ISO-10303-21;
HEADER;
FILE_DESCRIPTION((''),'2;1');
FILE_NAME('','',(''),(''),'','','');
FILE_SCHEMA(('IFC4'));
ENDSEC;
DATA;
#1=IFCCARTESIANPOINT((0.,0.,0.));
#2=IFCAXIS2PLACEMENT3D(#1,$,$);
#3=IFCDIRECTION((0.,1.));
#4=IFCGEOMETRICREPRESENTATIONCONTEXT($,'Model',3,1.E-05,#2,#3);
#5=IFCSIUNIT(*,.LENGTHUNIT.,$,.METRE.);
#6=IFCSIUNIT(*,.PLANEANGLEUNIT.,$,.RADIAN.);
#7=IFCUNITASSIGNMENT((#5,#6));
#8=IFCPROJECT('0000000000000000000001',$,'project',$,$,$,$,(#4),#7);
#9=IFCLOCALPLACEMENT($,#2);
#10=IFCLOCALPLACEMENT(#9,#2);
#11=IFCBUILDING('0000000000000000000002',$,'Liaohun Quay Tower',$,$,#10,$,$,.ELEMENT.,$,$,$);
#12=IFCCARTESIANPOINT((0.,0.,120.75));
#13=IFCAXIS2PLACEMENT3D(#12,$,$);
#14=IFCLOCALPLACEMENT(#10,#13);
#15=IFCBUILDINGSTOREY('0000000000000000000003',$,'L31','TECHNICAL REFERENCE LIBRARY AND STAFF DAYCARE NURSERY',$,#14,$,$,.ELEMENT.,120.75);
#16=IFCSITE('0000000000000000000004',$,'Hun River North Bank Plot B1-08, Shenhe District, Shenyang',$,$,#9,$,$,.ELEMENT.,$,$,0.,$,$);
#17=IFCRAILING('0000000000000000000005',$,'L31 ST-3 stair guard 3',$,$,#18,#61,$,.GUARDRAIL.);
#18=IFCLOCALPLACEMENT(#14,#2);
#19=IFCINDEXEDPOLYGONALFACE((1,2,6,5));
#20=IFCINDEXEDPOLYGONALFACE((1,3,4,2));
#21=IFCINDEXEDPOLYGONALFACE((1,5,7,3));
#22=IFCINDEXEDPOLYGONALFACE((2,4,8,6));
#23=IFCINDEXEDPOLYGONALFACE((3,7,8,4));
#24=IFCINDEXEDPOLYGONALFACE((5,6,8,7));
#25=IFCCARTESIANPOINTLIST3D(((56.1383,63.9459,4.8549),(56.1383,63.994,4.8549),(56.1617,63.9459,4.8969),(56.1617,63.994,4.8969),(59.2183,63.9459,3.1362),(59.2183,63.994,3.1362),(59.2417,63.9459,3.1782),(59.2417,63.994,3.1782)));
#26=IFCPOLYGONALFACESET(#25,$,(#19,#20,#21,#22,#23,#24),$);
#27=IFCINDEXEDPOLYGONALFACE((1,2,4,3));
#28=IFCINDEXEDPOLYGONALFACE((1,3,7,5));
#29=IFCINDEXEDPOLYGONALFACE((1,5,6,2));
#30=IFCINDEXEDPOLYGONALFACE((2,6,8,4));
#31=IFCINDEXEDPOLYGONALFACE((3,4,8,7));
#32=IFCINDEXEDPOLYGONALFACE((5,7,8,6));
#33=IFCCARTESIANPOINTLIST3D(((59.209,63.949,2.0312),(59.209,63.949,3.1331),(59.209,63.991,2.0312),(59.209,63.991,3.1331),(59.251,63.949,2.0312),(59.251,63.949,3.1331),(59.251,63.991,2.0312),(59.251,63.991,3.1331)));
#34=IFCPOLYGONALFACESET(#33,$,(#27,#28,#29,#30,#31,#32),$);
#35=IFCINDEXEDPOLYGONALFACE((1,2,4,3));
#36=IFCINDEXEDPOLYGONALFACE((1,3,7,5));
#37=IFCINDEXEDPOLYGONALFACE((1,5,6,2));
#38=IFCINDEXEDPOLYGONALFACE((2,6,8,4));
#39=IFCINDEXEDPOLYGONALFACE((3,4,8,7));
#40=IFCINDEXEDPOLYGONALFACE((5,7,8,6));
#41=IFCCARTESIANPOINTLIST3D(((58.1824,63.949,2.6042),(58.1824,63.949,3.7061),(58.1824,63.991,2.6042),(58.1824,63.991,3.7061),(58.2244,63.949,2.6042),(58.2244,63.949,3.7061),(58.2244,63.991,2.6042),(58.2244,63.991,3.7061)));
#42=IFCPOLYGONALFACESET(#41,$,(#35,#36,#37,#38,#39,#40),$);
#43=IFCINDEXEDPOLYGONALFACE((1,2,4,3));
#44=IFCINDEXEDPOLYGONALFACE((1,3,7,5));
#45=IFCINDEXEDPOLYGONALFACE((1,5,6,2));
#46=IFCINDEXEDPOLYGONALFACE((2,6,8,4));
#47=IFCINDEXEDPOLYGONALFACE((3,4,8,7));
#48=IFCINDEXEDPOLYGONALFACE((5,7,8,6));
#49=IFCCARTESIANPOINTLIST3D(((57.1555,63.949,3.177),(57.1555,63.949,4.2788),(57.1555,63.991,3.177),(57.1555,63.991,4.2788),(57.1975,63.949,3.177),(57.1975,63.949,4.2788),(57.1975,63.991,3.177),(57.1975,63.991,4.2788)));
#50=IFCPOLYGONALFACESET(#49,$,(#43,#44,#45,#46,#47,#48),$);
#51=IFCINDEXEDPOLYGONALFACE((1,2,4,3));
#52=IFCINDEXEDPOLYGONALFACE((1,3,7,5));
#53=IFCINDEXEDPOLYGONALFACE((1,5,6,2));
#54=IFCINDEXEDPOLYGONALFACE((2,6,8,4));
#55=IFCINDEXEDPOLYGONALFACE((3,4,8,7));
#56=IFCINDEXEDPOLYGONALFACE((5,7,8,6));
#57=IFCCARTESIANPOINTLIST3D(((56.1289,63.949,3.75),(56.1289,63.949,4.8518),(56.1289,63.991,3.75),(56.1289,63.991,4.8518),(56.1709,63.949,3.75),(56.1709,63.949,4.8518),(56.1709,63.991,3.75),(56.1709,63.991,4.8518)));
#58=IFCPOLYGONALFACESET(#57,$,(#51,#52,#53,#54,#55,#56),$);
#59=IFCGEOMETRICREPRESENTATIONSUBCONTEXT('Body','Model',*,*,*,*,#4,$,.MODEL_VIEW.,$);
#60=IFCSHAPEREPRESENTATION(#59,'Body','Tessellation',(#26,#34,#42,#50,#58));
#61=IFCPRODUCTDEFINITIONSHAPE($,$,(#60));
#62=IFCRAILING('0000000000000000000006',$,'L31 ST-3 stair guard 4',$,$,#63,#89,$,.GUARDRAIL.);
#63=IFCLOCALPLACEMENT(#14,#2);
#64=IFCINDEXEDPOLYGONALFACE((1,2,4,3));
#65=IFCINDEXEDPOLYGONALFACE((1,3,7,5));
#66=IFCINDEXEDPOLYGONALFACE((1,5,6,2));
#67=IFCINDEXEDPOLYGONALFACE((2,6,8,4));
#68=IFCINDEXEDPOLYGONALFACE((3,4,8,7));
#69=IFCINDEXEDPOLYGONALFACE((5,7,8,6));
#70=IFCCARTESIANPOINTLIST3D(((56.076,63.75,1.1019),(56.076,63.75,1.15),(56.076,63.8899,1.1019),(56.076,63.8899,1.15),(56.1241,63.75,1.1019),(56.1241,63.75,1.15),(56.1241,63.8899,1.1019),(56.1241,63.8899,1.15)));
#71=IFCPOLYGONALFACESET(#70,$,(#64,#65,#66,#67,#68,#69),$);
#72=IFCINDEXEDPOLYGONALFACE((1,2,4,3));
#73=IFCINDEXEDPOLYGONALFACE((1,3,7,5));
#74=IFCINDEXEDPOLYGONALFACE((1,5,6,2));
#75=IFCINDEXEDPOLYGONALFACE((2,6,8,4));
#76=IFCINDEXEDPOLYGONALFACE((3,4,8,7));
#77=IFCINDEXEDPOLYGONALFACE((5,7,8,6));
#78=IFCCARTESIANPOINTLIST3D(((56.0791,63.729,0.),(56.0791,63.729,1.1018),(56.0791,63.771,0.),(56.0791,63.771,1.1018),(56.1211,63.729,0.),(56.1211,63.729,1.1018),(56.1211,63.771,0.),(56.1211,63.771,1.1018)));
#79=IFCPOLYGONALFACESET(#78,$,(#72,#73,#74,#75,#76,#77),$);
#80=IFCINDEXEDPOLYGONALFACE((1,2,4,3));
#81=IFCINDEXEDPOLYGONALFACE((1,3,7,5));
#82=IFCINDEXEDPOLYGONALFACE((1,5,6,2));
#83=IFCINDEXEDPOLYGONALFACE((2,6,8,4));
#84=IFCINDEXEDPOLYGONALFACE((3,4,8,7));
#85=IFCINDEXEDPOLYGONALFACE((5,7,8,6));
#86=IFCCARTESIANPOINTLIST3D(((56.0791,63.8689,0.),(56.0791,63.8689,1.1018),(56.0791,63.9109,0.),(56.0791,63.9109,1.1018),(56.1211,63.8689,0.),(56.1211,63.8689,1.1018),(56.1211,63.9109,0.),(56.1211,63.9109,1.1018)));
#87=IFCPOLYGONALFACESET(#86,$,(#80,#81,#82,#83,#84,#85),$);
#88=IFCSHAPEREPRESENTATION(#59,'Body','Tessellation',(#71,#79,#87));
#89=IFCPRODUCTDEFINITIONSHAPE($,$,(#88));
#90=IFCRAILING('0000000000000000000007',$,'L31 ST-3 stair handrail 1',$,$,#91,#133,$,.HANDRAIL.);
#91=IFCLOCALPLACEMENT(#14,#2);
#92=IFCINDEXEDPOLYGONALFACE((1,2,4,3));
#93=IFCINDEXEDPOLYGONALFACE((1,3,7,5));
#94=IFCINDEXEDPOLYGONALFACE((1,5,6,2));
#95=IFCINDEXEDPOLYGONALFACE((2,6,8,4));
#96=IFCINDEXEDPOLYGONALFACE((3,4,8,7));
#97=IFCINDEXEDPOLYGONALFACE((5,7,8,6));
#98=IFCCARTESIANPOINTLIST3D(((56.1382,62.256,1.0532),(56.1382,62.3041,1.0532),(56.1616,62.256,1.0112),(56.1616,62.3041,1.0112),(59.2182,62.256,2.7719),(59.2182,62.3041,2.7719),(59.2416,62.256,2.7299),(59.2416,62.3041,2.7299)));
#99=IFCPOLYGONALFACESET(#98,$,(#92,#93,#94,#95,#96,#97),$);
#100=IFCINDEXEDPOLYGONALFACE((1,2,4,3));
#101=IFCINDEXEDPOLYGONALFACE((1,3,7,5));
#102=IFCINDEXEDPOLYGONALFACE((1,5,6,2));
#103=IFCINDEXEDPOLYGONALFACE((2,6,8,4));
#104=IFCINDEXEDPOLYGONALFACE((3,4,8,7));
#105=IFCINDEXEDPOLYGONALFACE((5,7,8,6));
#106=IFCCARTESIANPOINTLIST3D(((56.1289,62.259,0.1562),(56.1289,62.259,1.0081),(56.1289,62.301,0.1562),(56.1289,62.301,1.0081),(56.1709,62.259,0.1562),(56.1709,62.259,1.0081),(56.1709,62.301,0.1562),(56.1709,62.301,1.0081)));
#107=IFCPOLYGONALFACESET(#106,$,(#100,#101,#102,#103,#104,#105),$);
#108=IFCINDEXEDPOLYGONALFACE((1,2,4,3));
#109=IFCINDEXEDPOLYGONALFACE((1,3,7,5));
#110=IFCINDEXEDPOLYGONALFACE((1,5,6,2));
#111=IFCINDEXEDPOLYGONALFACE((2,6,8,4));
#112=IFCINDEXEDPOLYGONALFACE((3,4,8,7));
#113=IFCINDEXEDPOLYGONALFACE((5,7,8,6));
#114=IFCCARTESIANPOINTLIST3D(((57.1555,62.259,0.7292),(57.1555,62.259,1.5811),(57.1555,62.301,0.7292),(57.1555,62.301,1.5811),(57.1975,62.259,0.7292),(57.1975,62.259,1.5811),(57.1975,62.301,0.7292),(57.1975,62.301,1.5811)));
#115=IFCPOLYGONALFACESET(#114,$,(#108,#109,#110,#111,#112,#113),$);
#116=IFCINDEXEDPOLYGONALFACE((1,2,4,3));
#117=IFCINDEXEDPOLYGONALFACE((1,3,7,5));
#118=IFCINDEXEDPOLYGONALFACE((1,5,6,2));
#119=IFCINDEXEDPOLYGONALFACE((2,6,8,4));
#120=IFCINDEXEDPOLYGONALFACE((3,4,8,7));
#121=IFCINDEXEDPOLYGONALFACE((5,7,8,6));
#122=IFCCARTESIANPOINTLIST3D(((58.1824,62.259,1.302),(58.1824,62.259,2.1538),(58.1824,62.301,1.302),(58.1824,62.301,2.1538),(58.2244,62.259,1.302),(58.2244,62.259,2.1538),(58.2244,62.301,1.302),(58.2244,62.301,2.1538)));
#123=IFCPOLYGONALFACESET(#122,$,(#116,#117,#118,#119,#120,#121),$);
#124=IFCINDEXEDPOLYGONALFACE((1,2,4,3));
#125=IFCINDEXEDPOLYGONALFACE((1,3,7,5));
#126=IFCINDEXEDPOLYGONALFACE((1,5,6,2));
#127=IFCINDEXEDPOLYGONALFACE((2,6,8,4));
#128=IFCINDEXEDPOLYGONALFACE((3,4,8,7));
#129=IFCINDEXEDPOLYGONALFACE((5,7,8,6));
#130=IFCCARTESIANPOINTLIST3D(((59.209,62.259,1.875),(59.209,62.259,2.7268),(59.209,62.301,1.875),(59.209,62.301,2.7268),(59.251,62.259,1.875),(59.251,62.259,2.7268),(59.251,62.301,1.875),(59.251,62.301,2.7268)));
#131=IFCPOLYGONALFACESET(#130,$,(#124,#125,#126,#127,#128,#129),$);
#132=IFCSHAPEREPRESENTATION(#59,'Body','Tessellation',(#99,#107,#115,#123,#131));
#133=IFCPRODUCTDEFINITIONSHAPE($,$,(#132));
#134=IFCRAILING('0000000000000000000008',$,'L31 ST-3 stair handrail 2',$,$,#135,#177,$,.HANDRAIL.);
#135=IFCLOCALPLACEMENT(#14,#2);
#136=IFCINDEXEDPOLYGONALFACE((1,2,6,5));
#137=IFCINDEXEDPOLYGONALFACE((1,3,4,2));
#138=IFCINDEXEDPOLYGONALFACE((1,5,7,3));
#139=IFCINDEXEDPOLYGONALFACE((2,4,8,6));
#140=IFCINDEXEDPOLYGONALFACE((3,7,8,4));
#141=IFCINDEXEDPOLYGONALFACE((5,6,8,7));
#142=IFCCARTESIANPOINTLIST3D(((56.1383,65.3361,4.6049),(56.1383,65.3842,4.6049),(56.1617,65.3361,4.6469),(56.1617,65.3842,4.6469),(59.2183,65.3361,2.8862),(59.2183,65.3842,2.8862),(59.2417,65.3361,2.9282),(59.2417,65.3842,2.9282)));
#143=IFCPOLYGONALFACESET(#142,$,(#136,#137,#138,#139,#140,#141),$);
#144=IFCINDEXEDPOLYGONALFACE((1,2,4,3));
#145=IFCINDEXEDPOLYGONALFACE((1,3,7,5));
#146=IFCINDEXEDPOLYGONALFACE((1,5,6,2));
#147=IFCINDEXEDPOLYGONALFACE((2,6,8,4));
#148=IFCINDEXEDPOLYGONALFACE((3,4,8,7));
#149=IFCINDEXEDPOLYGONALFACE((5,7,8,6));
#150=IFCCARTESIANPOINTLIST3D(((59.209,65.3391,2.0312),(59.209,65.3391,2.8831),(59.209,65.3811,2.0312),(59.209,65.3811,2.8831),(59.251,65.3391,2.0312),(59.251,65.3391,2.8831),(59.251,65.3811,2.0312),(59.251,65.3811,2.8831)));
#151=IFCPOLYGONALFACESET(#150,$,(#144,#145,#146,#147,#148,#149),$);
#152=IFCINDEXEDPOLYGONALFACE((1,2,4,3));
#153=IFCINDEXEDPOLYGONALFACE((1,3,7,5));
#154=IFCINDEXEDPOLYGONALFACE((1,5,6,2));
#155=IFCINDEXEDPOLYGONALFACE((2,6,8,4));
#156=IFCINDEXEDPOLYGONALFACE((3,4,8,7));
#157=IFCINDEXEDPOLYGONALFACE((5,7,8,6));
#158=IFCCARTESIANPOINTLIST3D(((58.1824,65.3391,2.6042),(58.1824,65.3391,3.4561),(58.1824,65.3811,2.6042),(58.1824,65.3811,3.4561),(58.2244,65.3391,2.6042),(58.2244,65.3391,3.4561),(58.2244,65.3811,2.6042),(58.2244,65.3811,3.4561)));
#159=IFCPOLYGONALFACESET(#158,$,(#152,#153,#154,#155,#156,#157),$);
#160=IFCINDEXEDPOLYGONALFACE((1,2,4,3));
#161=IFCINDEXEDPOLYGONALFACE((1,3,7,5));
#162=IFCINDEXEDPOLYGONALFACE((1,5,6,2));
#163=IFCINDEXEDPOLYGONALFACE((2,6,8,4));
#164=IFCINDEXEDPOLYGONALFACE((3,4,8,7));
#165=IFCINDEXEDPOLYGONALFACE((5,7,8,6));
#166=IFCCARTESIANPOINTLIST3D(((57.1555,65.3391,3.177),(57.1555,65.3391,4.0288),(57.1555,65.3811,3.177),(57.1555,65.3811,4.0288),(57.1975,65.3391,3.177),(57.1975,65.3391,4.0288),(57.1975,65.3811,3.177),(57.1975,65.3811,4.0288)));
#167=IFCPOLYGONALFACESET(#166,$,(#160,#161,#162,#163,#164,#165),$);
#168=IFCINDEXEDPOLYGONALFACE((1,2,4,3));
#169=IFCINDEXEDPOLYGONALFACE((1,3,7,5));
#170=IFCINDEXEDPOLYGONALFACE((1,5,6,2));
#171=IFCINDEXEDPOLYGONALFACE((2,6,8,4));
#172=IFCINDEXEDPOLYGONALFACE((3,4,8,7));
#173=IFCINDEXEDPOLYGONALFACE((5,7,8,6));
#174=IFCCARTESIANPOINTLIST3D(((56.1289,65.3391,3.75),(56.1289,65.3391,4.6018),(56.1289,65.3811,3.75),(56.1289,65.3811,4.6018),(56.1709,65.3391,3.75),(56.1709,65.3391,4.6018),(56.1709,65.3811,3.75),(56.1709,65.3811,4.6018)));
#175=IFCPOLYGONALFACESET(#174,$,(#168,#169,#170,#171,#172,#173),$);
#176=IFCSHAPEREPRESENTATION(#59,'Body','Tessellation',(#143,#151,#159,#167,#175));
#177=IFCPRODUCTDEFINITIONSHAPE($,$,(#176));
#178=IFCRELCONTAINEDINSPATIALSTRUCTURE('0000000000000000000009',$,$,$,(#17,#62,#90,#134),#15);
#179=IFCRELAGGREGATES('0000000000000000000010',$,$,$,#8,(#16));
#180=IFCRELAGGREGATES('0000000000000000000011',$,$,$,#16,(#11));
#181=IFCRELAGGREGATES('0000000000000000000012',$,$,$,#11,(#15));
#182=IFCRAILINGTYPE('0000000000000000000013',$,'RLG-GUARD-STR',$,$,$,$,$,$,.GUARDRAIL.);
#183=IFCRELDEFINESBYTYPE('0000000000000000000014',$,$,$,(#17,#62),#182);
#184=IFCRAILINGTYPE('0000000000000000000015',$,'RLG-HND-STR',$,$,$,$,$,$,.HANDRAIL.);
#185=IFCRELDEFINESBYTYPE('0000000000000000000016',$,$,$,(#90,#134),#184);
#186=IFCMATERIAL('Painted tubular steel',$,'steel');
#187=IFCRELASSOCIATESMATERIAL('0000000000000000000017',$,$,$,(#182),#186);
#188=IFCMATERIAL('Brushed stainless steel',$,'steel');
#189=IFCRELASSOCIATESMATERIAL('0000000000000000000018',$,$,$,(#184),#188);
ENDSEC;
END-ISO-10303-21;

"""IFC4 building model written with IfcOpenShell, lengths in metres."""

from ifc_helpers import new_model, si_unit, direction, frame, origin, origin_2d, place, context, subcontext, project, spatial, rectangle, extrude, material, type_object, element, save


model = new_model("IFC4")

# Units and contexts
model_context = context("Model", 3, precision=1e-05, world=origin(), true_north=direction((0.0, 1.0)))
body_context = subcontext(model_context, "Body", "Model", "MODEL_VIEW")
ifc_project = project(units=[si_unit("LENGTHUNIT", "METRE"), si_unit("PLANEANGLEUNIT", "RADIAN")], contexts=[model_context])

# Site, building, storey
site_placement = place(None, origin())
site = spatial("IfcSite", under=ifc_project, at=site_placement, Name="Hun River North Bank Plot B1-08, Shenhe District, Shenyang", CompositionType="ELEMENT", RefElevation=0.0)
building_placement = place(site_placement, origin())
building = spatial("IfcBuilding", under=site, at=building_placement, Name="Liaohun Quay Tower", CompositionType="ELEMENT")
storey_placement = place(building_placement, frame((0.0, 0.0, 120.75)))
storey = spatial("IfcBuildingStorey", under=building, at=storey_placement, Name="L31", Description="TECHNICAL REFERENCE LIBRARY AND STAFF DAYCARE NURSERY", CompositionType="ELEMENT", Elevation=120.75)

# Railings
ifc_material_1 = material(Name="Painted tubular steel", Category="steel")
railing_type_1 = type_object("IfcRailingType", Name="RLG-GUARD-STR", PredefinedType="GUARDRAIL", material=ifc_material_1)
railing_1_placement = place(storey_placement, frame((59.23, 63.97, 2.0312)))
element("IfcRailing", 1, at=railing_1_placement, inside=storey, type_object=railing_type_1, Name="L31 ST-3 stair guard 3", PredefinedType="GUARDRAIL", context=body_context, shape_type="SweptSolid", body=[
    extrude(rectangle(XDim=0.0481, YDim=0.0481, at=origin_2d()), frame((0.0, 0.0, 1.126), z_axis=(-0.873242, 0.0, 0.487288), x_axis=(0.0, -1.0, 0.0)), (0.0, 0.0, 1.0), 3.5271),
    extrude(rectangle(XDim=0.042, YDim=0.042, at=origin_2d()), origin(), (0.0, 0.0, 1.0), 1.1018),
    extrude(rectangle(XDim=0.042, YDim=0.042, at=origin_2d()), frame((-1.0266, 0.0, 0.573)), (0.0, 0.0, 1.0), 1.1018),
    extrude(rectangle(XDim=0.042, YDim=0.042, at=origin_2d()), frame((-2.0535, 0.0, 1.1458)), (0.0, 0.0, 1.0), 1.1018),
    extrude(rectangle(XDim=0.042, YDim=0.042, at=origin_2d()), frame((-3.0801, 0.0, 1.7188)), (0.0, 0.0, 1.0), 1.1018),
])
railing_2_placement = place(storey_placement, frame((56.1001, 63.75, 0.0)))
element("IfcRailing", 2, at=railing_2_placement, inside=storey, type_object=railing_type_1, Name="L31 ST-3 stair guard 4", PredefinedType="GUARDRAIL", context=body_context, shape_type="SweptSolid", body=[
    extrude(rectangle(XDim=0.0481, YDim=0.0481, at=origin_2d()), frame((0.0, 0.0, 1.126), z_axis=(0.0, 1.0, 0.0), x_axis=(-1.0, 0.0, 0.0)), (0.0, 0.0, 1.0), 0.1399),
    extrude(rectangle(XDim=0.042, YDim=0.042, at=origin_2d()), origin(), (0.0, 0.0, 1.0), 1.1018),
    extrude(rectangle(XDim=0.042, YDim=0.042, at=origin_2d()), frame((0.0, 0.1399, 0.0)), (0.0, 0.0, 1.0), 1.1018),
])
ifc_material_2 = material(Name="Brushed stainless steel", Category="steel")
railing_type_2 = type_object("IfcRailingType", Name="RLG-HND-STR", PredefinedType="HANDRAIL", material=ifc_material_2)
railing_3_placement = place(storey_placement, frame((56.1499, 62.28, 0.1562)))
element("IfcRailing", 3, at=railing_3_placement, inside=storey, type_object=railing_type_2, Name="L31 ST-3 stair handrail 1", PredefinedType="HANDRAIL", context=body_context, shape_type="SweptSolid", body=[
    extrude(rectangle(XDim=0.0481, YDim=0.0481, at=origin_2d()), frame((0.0, 0.0, 0.876), z_axis=(0.873242, 0.0, 0.487288), x_axis=(0.0, 1.0, 0.0)), (0.0, 0.0, 1.0), 3.5271),
    extrude(rectangle(XDim=0.042, YDim=0.042, at=origin_2d()), origin(), (0.0, 0.0, 1.0), 0.8518),
    extrude(rectangle(XDim=0.042, YDim=0.042, at=origin_2d()), frame((1.0266, 0.0, 0.573)), (0.0, 0.0, 1.0), 0.8518),
    extrude(rectangle(XDim=0.042, YDim=0.042, at=origin_2d()), frame((2.0535, 0.0, 1.1458)), (0.0, 0.0, 1.0), 0.8518),
    extrude(rectangle(XDim=0.042, YDim=0.042, at=origin_2d()), frame((3.0801, 0.0, 1.7188)), (0.0, 0.0, 1.0), 0.8518),
])
railing_4_placement = place(storey_placement, frame((59.23, 65.3601, 2.0312)))
element("IfcRailing", 4, at=railing_4_placement, inside=storey, type_object=railing_type_2, Name="L31 ST-3 stair handrail 2", PredefinedType="HANDRAIL", context=body_context, shape_type="SweptSolid", body=[
    extrude(rectangle(XDim=0.0481, YDim=0.0481, at=origin_2d()), frame((0.0, 0.0, 0.876), z_axis=(-0.873242, 0.0, 0.487288), x_axis=(0.0, -1.0, 0.0)), (0.0, 0.0, 1.0), 3.5271),
    extrude(rectangle(XDim=0.042, YDim=0.042, at=origin_2d()), origin(), (0.0, 0.0, 1.0), 0.8518),
    extrude(rectangle(XDim=0.042, YDim=0.042, at=origin_2d()), frame((-1.0266, 0.0, 0.573)), (0.0, 0.0, 1.0), 0.8518),
    extrude(rectangle(XDim=0.042, YDim=0.042, at=origin_2d()), frame((-2.0535, 0.0, 1.1458)), (0.0, 0.0, 1.0), 0.8518),
    extrude(rectangle(XDim=0.042, YDim=0.042, at=origin_2d()), frame((-3.0801, 0.0, 1.7188)), (0.0, 0.0, 1.0), 0.8518),
])

save(model, "model.ifc")
